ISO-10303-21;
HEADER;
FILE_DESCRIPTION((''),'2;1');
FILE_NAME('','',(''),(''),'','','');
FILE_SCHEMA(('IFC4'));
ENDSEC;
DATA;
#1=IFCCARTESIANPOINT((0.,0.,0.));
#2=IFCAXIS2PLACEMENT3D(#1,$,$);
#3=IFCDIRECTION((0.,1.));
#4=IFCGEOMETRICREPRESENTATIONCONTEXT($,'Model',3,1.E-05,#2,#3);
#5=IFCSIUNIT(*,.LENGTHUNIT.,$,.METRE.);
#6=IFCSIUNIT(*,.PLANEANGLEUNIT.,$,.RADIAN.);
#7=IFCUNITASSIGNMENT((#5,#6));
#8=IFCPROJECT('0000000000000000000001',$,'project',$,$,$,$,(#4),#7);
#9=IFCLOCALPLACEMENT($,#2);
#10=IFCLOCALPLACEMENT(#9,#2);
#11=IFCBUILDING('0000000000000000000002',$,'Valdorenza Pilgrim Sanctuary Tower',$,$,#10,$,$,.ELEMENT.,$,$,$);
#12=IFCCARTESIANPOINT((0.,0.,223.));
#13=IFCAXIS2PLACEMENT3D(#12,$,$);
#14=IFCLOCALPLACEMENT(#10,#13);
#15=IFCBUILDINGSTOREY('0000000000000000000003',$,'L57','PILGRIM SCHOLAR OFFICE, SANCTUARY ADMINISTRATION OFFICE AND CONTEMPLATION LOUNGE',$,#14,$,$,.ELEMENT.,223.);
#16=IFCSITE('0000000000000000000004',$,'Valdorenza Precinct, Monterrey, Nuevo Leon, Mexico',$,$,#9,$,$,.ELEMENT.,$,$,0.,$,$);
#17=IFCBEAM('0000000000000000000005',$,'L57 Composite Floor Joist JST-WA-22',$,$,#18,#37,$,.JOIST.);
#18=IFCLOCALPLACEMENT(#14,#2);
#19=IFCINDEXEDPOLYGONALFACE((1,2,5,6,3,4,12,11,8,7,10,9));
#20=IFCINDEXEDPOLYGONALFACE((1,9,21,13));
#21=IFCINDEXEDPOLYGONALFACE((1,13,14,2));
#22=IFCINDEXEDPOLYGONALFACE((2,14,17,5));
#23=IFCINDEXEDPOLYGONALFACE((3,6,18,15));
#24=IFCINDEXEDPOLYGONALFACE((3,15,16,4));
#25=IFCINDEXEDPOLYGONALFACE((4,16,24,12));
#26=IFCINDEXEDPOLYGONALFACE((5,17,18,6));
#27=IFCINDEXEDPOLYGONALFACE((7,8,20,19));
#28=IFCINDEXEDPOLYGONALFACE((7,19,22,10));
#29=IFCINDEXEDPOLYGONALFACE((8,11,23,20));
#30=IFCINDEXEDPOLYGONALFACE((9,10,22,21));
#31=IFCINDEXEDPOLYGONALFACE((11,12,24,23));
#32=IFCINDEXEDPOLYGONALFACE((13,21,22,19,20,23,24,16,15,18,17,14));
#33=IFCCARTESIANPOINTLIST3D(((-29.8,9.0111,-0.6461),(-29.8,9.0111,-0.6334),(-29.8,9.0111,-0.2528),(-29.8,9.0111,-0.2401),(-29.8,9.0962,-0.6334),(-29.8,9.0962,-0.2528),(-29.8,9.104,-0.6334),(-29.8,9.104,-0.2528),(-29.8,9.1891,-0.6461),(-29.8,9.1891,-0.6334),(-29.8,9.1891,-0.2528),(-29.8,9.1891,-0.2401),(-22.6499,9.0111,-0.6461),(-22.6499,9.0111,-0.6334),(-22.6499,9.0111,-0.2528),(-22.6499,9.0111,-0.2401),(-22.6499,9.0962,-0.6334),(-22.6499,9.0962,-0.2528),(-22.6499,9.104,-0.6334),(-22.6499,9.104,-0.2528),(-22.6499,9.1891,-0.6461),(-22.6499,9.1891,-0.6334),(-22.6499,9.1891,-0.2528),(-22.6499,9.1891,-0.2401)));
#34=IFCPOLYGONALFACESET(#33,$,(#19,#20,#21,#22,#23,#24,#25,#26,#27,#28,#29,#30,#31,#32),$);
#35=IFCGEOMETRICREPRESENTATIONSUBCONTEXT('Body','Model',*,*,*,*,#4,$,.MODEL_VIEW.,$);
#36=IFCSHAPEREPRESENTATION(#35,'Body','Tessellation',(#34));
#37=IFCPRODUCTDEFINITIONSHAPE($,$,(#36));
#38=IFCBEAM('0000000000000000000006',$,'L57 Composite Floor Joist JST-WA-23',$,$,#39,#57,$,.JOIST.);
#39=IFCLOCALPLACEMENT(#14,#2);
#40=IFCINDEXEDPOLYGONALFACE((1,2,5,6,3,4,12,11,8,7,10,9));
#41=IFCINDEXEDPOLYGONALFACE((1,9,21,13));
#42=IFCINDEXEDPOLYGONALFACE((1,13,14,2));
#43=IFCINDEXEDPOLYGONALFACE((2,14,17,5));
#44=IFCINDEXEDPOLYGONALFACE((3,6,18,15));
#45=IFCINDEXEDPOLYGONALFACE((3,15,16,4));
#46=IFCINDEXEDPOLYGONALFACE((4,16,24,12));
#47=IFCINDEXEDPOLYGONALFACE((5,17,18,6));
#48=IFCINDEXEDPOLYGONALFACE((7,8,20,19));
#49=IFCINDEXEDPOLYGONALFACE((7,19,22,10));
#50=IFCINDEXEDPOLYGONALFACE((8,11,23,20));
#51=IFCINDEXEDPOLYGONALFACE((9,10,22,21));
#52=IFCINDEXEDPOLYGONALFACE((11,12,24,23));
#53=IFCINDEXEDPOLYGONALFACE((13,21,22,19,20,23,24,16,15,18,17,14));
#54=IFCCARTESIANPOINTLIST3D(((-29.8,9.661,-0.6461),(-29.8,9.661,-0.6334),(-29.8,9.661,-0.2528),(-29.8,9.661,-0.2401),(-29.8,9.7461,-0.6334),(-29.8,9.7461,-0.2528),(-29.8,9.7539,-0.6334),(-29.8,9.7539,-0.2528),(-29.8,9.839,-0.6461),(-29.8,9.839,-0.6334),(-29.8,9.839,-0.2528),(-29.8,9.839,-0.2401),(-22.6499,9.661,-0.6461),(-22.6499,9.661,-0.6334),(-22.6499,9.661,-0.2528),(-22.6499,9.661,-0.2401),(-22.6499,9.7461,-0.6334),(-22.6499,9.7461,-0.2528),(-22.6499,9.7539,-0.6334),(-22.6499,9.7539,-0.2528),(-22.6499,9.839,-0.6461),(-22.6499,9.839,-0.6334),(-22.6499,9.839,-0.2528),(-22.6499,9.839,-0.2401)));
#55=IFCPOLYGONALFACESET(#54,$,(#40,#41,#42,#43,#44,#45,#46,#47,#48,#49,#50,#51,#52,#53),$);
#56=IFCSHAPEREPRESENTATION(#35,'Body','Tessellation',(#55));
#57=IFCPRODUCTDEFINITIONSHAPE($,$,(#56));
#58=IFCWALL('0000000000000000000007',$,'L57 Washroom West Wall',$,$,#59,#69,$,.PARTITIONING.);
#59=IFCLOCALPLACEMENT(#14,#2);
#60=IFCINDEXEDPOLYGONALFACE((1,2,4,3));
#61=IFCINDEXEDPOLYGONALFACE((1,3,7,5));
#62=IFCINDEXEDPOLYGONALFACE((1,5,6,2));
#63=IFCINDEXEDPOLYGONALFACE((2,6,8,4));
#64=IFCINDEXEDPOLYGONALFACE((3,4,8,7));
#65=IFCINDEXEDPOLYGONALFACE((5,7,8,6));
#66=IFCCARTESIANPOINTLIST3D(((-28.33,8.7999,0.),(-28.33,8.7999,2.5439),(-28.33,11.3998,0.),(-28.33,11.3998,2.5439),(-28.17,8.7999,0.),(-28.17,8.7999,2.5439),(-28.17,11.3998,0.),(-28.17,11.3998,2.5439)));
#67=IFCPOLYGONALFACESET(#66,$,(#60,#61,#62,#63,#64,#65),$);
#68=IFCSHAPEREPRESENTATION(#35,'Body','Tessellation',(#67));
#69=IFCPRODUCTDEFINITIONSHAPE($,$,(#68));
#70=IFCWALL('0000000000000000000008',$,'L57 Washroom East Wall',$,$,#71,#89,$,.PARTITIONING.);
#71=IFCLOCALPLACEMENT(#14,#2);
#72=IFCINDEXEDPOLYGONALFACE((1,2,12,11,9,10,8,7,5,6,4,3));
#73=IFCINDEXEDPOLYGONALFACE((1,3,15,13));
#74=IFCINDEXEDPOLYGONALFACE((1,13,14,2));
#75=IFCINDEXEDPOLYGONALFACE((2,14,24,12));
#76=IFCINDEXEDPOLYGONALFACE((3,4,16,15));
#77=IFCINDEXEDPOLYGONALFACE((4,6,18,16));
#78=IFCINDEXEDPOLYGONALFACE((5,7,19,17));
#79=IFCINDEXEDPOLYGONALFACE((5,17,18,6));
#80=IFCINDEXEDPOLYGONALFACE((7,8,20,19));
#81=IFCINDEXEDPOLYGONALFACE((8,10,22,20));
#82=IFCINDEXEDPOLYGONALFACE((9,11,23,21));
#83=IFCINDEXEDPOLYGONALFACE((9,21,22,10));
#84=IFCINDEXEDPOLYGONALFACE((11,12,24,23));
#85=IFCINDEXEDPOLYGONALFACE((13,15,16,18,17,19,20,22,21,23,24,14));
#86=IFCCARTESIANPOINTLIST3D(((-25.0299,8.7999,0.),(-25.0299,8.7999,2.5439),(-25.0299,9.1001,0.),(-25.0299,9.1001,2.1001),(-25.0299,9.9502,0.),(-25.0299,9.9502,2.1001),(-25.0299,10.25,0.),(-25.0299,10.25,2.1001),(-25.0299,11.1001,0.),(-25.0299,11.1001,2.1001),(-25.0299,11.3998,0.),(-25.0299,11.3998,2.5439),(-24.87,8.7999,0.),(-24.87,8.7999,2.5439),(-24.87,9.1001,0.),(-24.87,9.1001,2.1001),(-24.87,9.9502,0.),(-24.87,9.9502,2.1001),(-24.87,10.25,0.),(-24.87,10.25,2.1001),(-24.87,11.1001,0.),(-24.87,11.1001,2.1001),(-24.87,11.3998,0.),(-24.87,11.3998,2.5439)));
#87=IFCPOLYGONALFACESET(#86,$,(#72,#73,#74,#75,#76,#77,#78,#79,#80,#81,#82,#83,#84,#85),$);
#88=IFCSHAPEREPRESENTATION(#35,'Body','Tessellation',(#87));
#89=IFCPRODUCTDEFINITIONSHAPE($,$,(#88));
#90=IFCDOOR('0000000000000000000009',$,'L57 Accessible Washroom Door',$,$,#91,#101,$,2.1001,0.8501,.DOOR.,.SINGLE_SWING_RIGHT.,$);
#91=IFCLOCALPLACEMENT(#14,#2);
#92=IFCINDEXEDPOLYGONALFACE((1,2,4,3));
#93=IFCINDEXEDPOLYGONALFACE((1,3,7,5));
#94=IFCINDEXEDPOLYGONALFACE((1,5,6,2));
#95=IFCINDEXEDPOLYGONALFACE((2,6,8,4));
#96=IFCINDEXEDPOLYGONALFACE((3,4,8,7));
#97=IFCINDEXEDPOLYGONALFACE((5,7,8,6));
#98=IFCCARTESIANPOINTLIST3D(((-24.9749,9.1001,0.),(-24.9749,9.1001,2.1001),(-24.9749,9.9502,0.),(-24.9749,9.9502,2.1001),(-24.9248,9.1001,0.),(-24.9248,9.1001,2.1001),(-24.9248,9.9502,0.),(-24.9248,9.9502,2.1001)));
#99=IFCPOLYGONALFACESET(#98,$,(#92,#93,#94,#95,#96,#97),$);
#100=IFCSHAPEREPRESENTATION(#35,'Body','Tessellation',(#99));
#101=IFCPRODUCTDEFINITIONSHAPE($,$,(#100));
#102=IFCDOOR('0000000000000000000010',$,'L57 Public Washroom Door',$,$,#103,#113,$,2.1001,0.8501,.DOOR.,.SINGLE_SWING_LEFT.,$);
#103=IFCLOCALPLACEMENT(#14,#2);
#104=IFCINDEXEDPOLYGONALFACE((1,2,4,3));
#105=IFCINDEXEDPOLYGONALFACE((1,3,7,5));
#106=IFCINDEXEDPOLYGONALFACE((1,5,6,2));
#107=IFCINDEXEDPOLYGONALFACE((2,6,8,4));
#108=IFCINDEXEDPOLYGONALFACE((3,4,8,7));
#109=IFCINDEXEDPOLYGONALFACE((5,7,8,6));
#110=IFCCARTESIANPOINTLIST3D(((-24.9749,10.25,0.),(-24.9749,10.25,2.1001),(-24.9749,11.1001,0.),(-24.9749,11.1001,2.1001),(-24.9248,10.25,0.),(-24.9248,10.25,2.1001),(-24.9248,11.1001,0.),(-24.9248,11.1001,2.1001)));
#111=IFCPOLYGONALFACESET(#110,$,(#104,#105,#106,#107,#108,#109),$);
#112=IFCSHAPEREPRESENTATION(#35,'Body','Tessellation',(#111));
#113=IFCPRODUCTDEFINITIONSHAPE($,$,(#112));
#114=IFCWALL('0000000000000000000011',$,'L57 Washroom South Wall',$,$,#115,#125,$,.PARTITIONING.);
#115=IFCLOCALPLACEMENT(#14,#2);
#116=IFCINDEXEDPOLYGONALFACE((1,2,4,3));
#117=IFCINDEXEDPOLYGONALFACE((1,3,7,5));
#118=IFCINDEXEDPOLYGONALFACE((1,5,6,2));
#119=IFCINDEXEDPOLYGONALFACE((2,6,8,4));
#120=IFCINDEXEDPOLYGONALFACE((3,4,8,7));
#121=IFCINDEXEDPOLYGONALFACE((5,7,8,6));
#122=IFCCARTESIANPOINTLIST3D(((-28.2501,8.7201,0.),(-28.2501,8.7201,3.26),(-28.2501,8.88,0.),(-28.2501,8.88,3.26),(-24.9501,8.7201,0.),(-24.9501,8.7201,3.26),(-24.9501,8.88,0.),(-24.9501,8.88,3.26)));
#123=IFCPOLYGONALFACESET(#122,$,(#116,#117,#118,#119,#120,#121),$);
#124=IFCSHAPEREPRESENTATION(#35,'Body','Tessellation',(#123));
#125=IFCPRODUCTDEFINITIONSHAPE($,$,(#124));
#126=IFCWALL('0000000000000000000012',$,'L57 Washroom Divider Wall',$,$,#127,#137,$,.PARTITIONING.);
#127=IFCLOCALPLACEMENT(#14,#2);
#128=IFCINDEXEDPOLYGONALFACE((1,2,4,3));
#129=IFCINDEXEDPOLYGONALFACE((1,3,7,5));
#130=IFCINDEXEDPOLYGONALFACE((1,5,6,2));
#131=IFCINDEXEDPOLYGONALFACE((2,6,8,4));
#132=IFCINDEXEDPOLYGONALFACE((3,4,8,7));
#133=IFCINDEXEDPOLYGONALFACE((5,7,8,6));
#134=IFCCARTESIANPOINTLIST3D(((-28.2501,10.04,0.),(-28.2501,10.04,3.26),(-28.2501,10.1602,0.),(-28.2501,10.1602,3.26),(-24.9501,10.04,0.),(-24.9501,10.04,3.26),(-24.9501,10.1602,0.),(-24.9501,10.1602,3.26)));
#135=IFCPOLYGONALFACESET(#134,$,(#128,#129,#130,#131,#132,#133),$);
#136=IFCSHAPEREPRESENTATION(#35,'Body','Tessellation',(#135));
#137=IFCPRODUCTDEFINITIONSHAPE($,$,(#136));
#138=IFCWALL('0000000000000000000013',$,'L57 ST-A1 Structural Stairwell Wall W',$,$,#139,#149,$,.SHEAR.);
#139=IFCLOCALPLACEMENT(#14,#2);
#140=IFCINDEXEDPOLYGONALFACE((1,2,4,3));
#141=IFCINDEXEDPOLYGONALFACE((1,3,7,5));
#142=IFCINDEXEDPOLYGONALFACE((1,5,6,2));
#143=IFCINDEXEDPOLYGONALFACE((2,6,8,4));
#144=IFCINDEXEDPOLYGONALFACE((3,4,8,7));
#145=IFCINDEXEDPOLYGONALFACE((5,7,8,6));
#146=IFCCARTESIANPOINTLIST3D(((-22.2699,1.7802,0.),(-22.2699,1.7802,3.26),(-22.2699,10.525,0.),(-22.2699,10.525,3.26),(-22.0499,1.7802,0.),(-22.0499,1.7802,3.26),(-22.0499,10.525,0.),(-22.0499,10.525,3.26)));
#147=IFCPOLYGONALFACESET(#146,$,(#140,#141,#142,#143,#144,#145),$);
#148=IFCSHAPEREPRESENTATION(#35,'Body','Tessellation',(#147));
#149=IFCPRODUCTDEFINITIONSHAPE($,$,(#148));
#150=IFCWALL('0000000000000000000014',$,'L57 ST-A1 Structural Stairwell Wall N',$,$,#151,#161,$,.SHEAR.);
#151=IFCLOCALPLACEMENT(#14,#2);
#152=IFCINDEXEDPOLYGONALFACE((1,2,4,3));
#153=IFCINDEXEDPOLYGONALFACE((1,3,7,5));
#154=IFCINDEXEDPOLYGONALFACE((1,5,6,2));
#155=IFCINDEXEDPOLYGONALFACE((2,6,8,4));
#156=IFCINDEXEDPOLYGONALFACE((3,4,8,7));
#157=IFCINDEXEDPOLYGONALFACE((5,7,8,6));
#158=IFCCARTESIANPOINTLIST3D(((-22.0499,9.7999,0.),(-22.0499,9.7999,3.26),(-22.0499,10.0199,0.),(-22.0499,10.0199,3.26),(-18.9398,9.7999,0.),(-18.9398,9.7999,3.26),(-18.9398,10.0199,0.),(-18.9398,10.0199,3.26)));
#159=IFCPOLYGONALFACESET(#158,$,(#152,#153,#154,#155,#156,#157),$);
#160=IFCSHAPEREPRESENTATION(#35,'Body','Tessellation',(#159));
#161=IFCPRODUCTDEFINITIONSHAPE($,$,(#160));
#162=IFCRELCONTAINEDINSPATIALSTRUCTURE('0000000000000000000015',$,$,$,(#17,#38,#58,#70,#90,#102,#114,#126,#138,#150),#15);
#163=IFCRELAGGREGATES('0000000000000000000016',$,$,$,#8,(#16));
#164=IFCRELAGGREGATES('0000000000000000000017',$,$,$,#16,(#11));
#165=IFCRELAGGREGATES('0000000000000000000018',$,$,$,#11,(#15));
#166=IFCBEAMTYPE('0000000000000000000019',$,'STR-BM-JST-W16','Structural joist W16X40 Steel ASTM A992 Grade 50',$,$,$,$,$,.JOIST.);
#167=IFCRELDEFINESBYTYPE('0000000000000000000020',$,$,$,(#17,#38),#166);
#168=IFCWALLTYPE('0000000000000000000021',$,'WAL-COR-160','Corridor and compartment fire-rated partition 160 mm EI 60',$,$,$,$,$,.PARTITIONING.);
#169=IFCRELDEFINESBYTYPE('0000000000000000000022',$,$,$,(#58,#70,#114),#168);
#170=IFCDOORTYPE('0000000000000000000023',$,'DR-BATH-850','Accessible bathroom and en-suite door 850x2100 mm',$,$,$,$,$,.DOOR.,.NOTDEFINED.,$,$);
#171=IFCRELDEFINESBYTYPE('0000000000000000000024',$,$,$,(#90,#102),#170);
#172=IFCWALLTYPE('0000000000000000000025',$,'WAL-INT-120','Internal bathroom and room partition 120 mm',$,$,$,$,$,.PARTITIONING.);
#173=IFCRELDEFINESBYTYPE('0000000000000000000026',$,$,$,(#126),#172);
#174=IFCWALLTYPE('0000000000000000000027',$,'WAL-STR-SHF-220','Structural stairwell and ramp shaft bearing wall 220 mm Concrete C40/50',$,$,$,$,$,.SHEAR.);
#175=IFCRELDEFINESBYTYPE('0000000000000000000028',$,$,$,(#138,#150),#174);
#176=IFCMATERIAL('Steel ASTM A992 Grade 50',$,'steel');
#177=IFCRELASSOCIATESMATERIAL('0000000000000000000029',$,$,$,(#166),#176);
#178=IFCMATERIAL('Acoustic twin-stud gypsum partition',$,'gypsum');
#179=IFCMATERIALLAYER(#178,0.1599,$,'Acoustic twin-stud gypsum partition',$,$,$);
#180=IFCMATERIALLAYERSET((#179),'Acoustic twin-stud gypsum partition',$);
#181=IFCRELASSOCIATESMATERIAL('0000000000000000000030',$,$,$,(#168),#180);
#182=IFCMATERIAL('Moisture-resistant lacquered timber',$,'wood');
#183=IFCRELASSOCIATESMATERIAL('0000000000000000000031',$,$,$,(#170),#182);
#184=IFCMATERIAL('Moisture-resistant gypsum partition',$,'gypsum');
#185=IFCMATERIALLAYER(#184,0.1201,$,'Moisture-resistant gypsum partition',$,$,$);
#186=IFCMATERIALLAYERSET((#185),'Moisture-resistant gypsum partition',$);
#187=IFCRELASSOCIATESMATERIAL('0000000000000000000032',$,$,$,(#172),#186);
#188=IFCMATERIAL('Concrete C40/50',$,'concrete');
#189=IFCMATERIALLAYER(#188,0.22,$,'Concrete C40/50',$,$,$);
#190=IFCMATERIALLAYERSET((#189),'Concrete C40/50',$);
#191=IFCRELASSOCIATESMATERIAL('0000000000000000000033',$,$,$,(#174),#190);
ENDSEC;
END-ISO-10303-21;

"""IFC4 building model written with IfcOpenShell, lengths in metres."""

from ifc_helpers import new_model, si_unit, direction, frame, frame_2d, origin, origin_2d, place, context, subcontext, project, spatial, rectangle, i_section, extrude, source, transform, mapped, material, layer, layer_set, material_profile, profile_set, type_object, element, fill, save


model = new_model("IFC4")

# Units and contexts
model_context = context("Model", 3, precision=1e-05, world=origin(), true_north=direction((0.0, 1.0)))
body_context = subcontext(model_context, "Body", "Model", "MODEL_VIEW")
ifc_project = project(units=[si_unit("LENGTHUNIT", "METRE"), si_unit("PLANEANGLEUNIT", "RADIAN")], contexts=[model_context])

# Site, building, storey
site_placement = place(None, origin())
site = spatial("IfcSite", under=ifc_project, at=site_placement, Name="Valdorenza Precinct, Monterrey, Nuevo Leon, Mexico", CompositionType="ELEMENT", RefElevation=0.0)
building_placement = place(site_placement, origin())
building = spatial("IfcBuilding", under=site, at=building_placement, Name="Valdorenza Pilgrim Sanctuary Tower", CompositionType="ELEMENT")
storey_placement = place(building_placement, frame((0.0, 0.0, 223.0)))
storey = spatial("IfcBuildingStorey", under=building, at=storey_placement, Name="L57", Description="PILGRIM SCHOLAR OFFICE, SANCTUARY ADMINISTRATION OFFICE AND CONTEMPLATION LOUNGE", CompositionType="ELEMENT", Elevation=223.0)

# Beams
ifc_material_1 = material(Name="Steel ASTM A992 Grade 50", Category="steel")
ifc_material_profile_1 = material_profile(ifc_material_1, i_section(OverallWidth=0.178, OverallDepth=0.406, WebThickness=0.0078, FlangeThickness=0.0127, at=origin_2d()), Name="W16X40")
ifc_profile_set_1 = profile_set([ifc_material_profile_1], Name="Steel ASTM A992 Grade 50")
beam_type_1 = type_object("IfcBeamType", Name="STR-BM-JST-W16", Description="Structural joist W16X40 Steel ASTM A992 Grade 50", PredefinedType="JOIST", material=ifc_profile_set_1)
shared_shape_1 = source(origin(), body_context, "Body", "SweptSolid", [
    extrude(i_section(OverallWidth=0.178, OverallDepth=0.406, WebThickness=0.0078, FlangeThickness=0.0127, at=origin_2d()), origin(), (0.0, 0.0, 1.0), 7.1501),
])
for number, where, z_axis, x_axis, name in (
    (1, (-29.8, 9.1001, -0.4431), (1.0, 0.0, 0.0), (0.0, 1.0, 0.0), "L57 Composite Floor Joist JST-WA-22"),
    (2, (-29.8, 9.75, -0.4431), (1.0, 0.0, 0.0), (0.0, 1.0, 0.0), "L57 Composite Floor Joist JST-WA-23"),
):
    element("IfcBeam", number, at=place(storey_placement, frame(where, z_axis=z_axis, x_axis=x_axis)), inside=storey, type_object=beam_type_1, Name=name, PredefinedType="JOIST", context=body_context, shape_type="MappedRepresentation", body=[
        mapped(shared_shape_1, transform((0.0, 0.0, 0.0), x_axis=(1.0, 0.0, 0.0), y_axis=(0.0, 1.0, 0.0), z_axis=(0.0, 0.0, 1.0), scale=1.0)),
    ])

# Wall
ifc_material_2 = material(Name="Acoustic twin-stud gypsum partition", Category="gypsum")
ifc_layer_1 = layer(ifc_material_2, 0.1599, Name="Acoustic twin-stud gypsum partition")
ifc_layer_set_1 = layer_set([ifc_layer_1], Name="Acoustic twin-stud gypsum partition")
wall_type_1 = type_object("IfcWallType", Name="WAL-COR-160", Description="Corridor and compartment fire-rated partition 160 mm EI 60", PredefinedType="PARTITIONING", material=ifc_layer_set_1)
wall_1_placement = place(storey_placement, frame((-28.25, 8.8, 0.0), z_axis=(0.0, 0.0, 1.0), x_axis=(0.0, 1.0, 0.0)))
element("IfcWall", 3, at=wall_1_placement, inside=storey, type_object=wall_type_1, Name="L57 Washroom West Wall", PredefinedType="PARTITIONING", context=body_context, shape_type="SweptSolid", body=[
    extrude(rectangle(XDim=2.5999, YDim=0.1599, at=frame_2d((1.2998, 0.0))), origin(), (0.0, 0.0, 1.0), 2.5439),
])

# Wall, openings, doors
wall_2_placement = place(storey_placement, frame((-24.95, 8.8, 0.0), z_axis=(0.0, 0.0, 1.0), x_axis=(0.0, 1.0, 0.0)))
wall_2 = element("IfcWall", 4, at=wall_2_placement, inside=storey, type_object=wall_type_1, Name="L57 Washroom East Wall", PredefinedType="PARTITIONING", context=body_context, shape_type="SweptSolid", body=[
    extrude(rectangle(XDim=2.5999, YDim=0.1599, at=frame_2d((1.2998, 0.0))), origin(), (0.0, 0.0, 1.0), 2.5439),
])
opening_1_placement = place(wall_2_placement, frame((0.3, 0.0, 0.0)))
opening_1 = element("IfcOpeningElement", 5, at=opening_1_placement, cuts=wall_2, PredefinedType="OPENING", context=body_context, shape_type="SweptSolid", body=[
    extrude(rectangle(XDim=0.8501, YDim=2.1001, at=frame_2d((0.425, 1.05))), frame((0.0, 0.0947, 0.0), z_axis=(0.0, -1.0, 0.0), x_axis=(1.0, 0.0, 0.0)), (0.0, 0.0, 1.0), 0.1897),
])
opening_2_placement = place(wall_2_placement, frame((1.45, 0.0, 0.0)))
opening_2 = element("IfcOpeningElement", 6, at=opening_2_placement, cuts=wall_2, PredefinedType="OPENING", context=body_context, shape_type="SweptSolid", body=[
    extrude(rectangle(XDim=0.8501, YDim=2.1001, at=frame_2d((0.425, 1.05))), frame((0.0, 0.0947, 0.0), z_axis=(0.0, -1.0, 0.0), x_axis=(1.0, 0.0, 0.0)), (0.0, 0.0, 1.0), 0.1897),
])
ifc_material_3 = material(Name="Moisture-resistant lacquered timber", Category="wood")
door_type_1 = type_object("IfcDoorType", Name="DR-BATH-850", Description="Accessible bathroom and en-suite door 850x2100 mm", OperationType="NOTDEFINED", PredefinedType="DOOR", material=ifc_material_3)
door_1_placement = place(opening_1_placement, origin())
door_1 = element("IfcDoor", 7, at=door_1_placement, inside=storey, type_object=door_type_1, Name="L57 Accessible Washroom Door", OperationType="SINGLE_SWING_RIGHT", OverallHeight=2.1001, OverallWidth=0.8501, PredefinedType="DOOR", context=body_context, shape_type="SweptSolid", body=[
    extrude(rectangle(XDim=0.8501, YDim=2.1001, at=frame_2d((0.425, 1.05))), frame((0.0, 0.0249, 0.0), z_axis=(0.0, -1.0, 0.0), x_axis=(1.0, 0.0, 0.0)), (0.0, 0.0, 1.0), 0.05),
])
fill(opening_1, door_1)
door_2_placement = place(opening_2_placement, origin())
door_2 = element("IfcDoor", 8, at=door_2_placement, inside=storey, type_object=door_type_1, Name="L57 Public Washroom Door", OperationType="SINGLE_SWING_LEFT", OverallHeight=2.1001, OverallWidth=0.8501, PredefinedType="DOOR", context=body_context, shape_type="SweptSolid", body=[
    extrude(rectangle(XDim=0.8501, YDim=2.1001, at=frame_2d((0.425, 1.05))), frame((0.0, 0.0249, 0.0), z_axis=(0.0, -1.0, 0.0), x_axis=(1.0, 0.0, 0.0)), (0.0, 0.0, 1.0), 0.05),
])
fill(opening_2, door_2)

# Walls
wall_3_placement = place(storey_placement, frame((-28.25, 8.8, 0.0), z_axis=(0.0, 0.0, 1.0), x_axis=(1.0, 0.0, 0.0)))
element("IfcWall", 9, at=wall_3_placement, inside=storey, type_object=wall_type_1, Name="L57 Washroom South Wall", PredefinedType="PARTITIONING", context=body_context, shape_type="SweptSolid", body=[
    extrude(rectangle(XDim=3.3, YDim=0.1599, at=frame_2d((1.6499, 0.0))), origin(), (0.0, 0.0, 1.0), 3.26),
])
ifc_material_4 = material(Name="Moisture-resistant gypsum partition", Category="gypsum")
ifc_layer_2 = layer(ifc_material_4, 0.1201, Name="Moisture-resistant gypsum partition")
ifc_layer_set_2 = layer_set([ifc_layer_2], Name="Moisture-resistant gypsum partition")
wall_type_2 = type_object("IfcWallType", Name="WAL-INT-120", Description="Internal bathroom and room partition 120 mm", PredefinedType="PARTITIONING", material=ifc_layer_set_2)
wall_4_placement = place(storey_placement, frame((-28.25, 10.1001, 0.0), z_axis=(0.0, 0.0, 1.0), x_axis=(1.0, 0.0, 0.0)))
element("IfcWall", 10, at=wall_4_placement, inside=storey, type_object=wall_type_2, Name="L57 Washroom Divider Wall", PredefinedType="PARTITIONING", context=body_context, shape_type="SweptSolid", body=[
    extrude(rectangle(XDim=3.3, YDim=0.1201, at=frame_2d((1.6499, 0.0))), origin(), (0.0, 0.0, 1.0), 3.26),
])
ifc_material_5 = material(Name="Concrete C40/50", Category="concrete")
ifc_layer_3 = layer(ifc_material_5, 0.22, Name="Concrete C40/50")
ifc_layer_set_3 = layer_set([ifc_layer_3], Name="Concrete C40/50")
wall_type_3 = type_object("IfcWallType", Name="WAL-STR-SHF-220", Description="Structural stairwell and ramp shaft bearing wall 220 mm Concrete C40/50", PredefinedType="SHEAR", material=ifc_layer_set_3)
wall_5_placement = place(storey_placement, frame((-22.1599, 1.78, 0.0), z_axis=(0.0, 0.0, 1.0), x_axis=(0.0, 1.0, 0.0)))
element("IfcWall", 11, at=wall_5_placement, inside=storey, type_object=wall_type_3, Name="L57 ST-A1 Structural Stairwell Wall W", PredefinedType="SHEAR", context=body_context, shape_type="SweptSolid", body=[
    extrude(rectangle(XDim=8.7449, YDim=0.22, at=frame_2d((4.3726, 0.0))), origin(), (0.0, 0.0, 1.0), 3.26),
])

# Wall
wall_6_placement = place(storey_placement, frame((-22.05, 9.9099, 0.0), z_axis=(0.0, 0.0, 1.0), x_axis=(1.0, 0.0, 0.0)))
element("IfcWall", 12, at=wall_6_placement, inside=storey, type_object=wall_type_3, Name="L57 ST-A1 Structural Stairwell Wall N", PredefinedType="SHEAR", context=body_context, shape_type="SweptSolid", body=[
    extrude(rectangle(XDim=3.1101, YDim=0.22, at=frame_2d((1.5552, 0.0))), origin(), (0.0, 0.0, 1.0), 3.26),
])

save(model, "model.ifc")
